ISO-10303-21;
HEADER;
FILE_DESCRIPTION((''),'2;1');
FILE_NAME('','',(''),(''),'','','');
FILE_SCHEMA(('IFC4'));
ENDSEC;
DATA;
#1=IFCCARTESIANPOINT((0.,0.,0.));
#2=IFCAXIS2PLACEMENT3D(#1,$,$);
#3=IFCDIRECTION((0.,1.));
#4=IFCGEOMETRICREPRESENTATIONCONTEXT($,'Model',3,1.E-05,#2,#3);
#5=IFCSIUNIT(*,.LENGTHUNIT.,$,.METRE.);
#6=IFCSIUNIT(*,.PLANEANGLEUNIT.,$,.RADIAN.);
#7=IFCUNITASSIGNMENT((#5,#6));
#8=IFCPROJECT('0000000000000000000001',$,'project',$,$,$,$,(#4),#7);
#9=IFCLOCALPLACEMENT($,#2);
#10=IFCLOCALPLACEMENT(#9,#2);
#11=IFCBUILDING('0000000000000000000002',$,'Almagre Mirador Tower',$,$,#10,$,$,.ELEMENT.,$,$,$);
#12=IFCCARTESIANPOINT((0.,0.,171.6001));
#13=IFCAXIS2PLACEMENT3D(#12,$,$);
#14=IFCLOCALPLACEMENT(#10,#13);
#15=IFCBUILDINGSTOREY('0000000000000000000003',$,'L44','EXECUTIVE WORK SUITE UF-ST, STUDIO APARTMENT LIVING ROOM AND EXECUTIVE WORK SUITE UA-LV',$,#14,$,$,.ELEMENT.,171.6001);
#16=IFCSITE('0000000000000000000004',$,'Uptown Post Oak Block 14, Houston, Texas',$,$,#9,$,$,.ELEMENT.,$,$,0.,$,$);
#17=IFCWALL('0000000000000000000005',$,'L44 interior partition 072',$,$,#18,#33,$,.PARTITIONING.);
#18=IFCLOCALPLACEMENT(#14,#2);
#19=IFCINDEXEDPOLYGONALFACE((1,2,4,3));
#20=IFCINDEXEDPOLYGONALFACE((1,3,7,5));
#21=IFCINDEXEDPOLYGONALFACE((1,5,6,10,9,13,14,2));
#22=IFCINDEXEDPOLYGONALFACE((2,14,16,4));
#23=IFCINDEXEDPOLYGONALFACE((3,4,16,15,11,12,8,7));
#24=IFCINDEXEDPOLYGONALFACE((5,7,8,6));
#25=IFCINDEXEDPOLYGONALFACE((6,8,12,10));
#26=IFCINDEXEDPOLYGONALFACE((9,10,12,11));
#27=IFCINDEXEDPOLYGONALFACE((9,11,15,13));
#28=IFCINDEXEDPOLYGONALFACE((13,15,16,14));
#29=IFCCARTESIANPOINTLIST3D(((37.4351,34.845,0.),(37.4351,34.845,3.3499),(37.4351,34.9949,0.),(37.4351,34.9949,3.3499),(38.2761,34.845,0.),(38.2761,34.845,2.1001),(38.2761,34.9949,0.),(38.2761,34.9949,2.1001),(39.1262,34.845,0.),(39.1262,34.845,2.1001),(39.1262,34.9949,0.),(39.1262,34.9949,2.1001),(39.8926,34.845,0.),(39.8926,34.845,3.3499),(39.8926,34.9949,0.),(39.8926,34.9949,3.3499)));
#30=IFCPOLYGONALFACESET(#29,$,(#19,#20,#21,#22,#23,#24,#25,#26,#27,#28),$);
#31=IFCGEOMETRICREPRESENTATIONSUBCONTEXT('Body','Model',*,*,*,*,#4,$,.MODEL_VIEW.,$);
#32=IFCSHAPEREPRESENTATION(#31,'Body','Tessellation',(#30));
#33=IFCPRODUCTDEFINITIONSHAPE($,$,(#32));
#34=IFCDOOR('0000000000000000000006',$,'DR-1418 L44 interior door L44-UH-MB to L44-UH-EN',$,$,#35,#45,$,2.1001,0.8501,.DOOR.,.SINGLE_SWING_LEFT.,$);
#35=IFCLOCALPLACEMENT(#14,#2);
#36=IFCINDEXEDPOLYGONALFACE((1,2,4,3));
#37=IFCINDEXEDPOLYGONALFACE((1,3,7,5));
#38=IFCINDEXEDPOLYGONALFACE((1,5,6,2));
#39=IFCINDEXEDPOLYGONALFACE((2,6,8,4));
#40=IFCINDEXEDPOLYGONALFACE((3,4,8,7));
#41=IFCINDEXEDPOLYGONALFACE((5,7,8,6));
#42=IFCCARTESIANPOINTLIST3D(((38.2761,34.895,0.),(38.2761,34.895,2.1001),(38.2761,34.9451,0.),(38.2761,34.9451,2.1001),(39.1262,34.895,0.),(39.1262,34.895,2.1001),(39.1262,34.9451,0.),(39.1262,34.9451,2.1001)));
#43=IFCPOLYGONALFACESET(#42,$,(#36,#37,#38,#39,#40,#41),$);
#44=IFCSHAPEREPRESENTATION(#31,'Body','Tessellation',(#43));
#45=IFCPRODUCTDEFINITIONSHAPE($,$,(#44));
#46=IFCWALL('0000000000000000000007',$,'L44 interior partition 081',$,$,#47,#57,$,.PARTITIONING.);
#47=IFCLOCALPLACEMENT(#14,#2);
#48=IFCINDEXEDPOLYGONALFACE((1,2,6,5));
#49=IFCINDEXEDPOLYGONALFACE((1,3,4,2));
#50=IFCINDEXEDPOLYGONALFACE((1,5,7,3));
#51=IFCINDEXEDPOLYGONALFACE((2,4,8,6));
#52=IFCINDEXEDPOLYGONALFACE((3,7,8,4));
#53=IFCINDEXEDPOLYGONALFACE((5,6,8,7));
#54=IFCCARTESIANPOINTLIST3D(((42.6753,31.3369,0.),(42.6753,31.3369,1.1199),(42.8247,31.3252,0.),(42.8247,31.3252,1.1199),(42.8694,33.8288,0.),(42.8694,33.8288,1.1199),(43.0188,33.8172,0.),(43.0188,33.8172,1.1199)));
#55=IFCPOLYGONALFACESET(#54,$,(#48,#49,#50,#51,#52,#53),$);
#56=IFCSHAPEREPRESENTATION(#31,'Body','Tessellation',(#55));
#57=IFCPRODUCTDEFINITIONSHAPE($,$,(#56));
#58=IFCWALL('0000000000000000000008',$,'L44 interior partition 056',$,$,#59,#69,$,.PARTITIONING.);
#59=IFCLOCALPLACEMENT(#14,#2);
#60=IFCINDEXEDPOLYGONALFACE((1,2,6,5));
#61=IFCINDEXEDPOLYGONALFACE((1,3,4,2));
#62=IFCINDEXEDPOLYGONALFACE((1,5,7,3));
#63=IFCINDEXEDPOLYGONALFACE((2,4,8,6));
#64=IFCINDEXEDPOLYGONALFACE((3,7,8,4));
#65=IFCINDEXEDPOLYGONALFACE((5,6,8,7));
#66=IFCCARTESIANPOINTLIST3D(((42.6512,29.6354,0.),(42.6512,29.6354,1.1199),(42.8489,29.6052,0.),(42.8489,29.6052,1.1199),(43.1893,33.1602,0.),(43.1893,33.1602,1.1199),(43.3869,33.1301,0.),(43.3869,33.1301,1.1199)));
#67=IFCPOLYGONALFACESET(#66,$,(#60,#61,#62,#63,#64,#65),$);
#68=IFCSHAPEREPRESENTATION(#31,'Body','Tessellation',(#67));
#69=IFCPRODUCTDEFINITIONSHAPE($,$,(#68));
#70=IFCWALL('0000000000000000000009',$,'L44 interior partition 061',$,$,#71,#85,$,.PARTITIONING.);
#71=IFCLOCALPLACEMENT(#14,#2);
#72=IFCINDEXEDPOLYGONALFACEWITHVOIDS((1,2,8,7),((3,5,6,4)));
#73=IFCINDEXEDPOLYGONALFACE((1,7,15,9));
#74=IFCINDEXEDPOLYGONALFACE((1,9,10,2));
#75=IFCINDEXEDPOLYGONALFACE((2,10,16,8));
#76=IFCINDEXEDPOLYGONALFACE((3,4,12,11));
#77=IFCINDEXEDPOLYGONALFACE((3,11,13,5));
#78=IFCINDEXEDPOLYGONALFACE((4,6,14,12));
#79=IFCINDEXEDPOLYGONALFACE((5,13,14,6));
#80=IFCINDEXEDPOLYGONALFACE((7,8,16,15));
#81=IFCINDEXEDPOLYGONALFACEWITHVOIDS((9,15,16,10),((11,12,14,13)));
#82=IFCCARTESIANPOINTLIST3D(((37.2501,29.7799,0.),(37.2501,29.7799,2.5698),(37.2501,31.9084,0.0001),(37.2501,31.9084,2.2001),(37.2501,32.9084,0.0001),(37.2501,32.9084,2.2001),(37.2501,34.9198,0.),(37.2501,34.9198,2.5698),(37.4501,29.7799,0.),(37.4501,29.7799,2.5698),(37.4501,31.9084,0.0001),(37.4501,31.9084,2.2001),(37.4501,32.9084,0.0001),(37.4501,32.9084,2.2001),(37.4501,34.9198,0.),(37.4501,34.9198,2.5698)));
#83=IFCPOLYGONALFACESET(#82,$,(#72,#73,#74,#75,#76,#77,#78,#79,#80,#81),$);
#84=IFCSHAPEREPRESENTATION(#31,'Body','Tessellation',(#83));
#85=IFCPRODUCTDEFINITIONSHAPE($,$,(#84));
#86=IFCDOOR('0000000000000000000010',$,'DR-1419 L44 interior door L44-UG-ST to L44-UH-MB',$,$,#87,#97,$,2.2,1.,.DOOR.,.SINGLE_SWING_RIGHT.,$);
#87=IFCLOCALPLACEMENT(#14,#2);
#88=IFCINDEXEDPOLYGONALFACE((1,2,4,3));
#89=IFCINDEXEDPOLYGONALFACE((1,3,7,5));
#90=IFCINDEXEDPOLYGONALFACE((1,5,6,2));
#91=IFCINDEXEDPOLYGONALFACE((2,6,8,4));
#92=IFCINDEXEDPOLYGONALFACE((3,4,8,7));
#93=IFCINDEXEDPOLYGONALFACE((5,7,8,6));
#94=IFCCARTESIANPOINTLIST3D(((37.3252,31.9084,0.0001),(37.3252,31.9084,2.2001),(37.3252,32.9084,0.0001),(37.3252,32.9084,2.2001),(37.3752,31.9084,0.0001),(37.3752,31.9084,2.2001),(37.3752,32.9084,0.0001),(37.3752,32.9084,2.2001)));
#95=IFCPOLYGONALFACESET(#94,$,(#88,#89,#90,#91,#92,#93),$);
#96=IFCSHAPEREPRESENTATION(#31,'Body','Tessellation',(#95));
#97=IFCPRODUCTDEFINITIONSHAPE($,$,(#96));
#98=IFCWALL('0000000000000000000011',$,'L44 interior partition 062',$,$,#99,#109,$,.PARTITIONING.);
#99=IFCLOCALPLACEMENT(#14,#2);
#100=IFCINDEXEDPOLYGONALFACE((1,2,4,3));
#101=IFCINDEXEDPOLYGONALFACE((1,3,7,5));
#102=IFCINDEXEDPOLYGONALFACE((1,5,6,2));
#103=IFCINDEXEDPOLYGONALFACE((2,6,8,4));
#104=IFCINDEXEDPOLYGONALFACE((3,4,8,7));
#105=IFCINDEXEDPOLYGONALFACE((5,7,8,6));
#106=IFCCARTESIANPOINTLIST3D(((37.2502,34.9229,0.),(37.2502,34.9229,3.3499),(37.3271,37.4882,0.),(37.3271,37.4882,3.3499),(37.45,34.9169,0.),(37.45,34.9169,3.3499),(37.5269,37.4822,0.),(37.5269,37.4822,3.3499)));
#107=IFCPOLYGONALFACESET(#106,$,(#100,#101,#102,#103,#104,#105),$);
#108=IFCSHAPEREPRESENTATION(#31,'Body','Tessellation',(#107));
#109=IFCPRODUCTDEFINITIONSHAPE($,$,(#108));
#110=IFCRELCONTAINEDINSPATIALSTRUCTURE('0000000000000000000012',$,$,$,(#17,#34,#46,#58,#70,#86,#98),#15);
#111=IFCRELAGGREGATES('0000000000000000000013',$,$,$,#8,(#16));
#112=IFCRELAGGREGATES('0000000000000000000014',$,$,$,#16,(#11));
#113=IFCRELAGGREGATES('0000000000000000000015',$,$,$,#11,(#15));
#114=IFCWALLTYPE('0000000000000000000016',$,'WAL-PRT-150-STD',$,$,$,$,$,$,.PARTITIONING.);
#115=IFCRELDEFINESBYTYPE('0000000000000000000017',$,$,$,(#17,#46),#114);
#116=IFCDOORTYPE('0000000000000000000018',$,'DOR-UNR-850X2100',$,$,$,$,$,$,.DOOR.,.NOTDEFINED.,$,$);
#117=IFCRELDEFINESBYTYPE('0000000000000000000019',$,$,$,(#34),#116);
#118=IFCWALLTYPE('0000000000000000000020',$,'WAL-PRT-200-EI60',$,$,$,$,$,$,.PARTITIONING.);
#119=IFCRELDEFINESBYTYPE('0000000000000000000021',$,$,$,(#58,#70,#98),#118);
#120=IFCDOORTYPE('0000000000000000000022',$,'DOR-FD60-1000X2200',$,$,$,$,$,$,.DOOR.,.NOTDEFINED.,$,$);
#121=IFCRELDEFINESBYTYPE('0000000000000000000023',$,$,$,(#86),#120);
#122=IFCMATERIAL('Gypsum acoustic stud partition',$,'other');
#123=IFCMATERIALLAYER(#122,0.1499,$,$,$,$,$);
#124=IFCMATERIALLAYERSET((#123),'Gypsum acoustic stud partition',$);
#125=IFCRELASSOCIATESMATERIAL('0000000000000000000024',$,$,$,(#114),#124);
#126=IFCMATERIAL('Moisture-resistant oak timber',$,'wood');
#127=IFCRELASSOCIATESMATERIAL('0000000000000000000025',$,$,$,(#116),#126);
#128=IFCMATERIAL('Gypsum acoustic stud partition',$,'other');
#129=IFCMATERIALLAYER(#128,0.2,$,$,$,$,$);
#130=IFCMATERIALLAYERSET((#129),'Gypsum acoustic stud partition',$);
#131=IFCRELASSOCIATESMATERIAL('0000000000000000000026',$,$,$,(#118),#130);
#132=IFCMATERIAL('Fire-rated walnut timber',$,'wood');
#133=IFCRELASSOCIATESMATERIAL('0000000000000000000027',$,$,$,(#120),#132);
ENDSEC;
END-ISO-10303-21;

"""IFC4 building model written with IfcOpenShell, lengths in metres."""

from ifc_helpers import new_model, si_unit, direction, frame, frame_2d, origin, place, context, subcontext, project, spatial, rectangle, extrude, material, layer, layer_set, type_object, element, fill, save


model = new_model("IFC4")

# Units and contexts
model_context = context("Model", 3, precision=1e-05, world=origin(), true_north=direction((0.0, 1.0)))
body_context = subcontext(model_context, "Body", "Model", "MODEL_VIEW")
ifc_project = project(units=[si_unit("LENGTHUNIT", "METRE"), si_unit("PLANEANGLEUNIT", "RADIAN")], contexts=[model_context])

# Site, building, storey
site_placement = place(None, origin())
site = spatial("IfcSite", under=ifc_project, at=site_placement, Name="Uptown Post Oak Block 14, Houston, Texas", CompositionType="ELEMENT", RefElevation=0.0)
building_placement = place(site_placement, origin())
building = spatial("IfcBuilding", under=site, at=building_placement, Name="Almagre Mirador Tower", CompositionType="ELEMENT")
storey_placement = place(building_placement, frame((0.0, 0.0, 171.6001)))
storey = spatial("IfcBuildingStorey", under=building, at=storey_placement, Name="L44", Description="EXECUTIVE WORK SUITE UF-ST, STUDIO APARTMENT LIVING ROOM AND EXECUTIVE WORK SUITE UA-LV", CompositionType="ELEMENT", Elevation=171.6001)

# Shared definitions
ifc_material_1 = material(Name="Gypsum acoustic stud partition", Category="other")
ifc_layer_1 = layer(ifc_material_1, 0.1499)
ifc_layer_set_1 = layer_set([ifc_layer_1], Name="Gypsum acoustic stud partition")
wall_type_1 = type_object("IfcWallType", Name="WAL-PRT-150-STD", PredefinedType="PARTITIONING", material=ifc_layer_set_1)

# Wall, opening, door
wall_1_placement = place(storey_placement, frame((39.8926, 34.9199, 0.0), z_axis=(0.0, 0.0, 1.0), x_axis=(-1.0, 0.0, 0.0)))
wall_1 = element("IfcWall", 1, at=wall_1_placement, inside=storey, type_object=wall_type_1, Name="L44 interior partition 072", PredefinedType="PARTITIONING", context=body_context, shape_type="SweptSolid", body=[
    extrude(rectangle(XDim=2.4575, YDim=0.1499, at=frame_2d((1.2288, 0.0))), origin(), (0.0, 0.0, 1.0), 3.3499),
])
opening_1_placement = place(wall_1_placement, frame((0.7664, 0.0, 0.0)))
opening_1 = element("IfcOpeningElement", 2, at=opening_1_placement, cuts=wall_1, PredefinedType="OPENING", context=body_context, shape_type="SweptSolid", body=[
    extrude(rectangle(XDim=0.8501, YDim=2.1001, at=frame_2d((0.425, 1.05))), frame((0.0, 0.085, 0.0), z_axis=(0.0, -1.0, 0.0), x_axis=(1.0, 0.0, 0.0)), (0.0, 0.0, 1.0), 0.1699),
])
ifc_material_2 = material(Name="Moisture-resistant oak timber", Category="wood")
door_type_1 = type_object("IfcDoorType", Name="DOR-UNR-850X2100", OperationType="NOTDEFINED", PredefinedType="DOOR", material=ifc_material_2)
door_1_placement = place(opening_1_placement, origin())
door_1 = element("IfcDoor", 3, at=door_1_placement, inside=storey, type_object=door_type_1, Name="DR-1418 L44 interior door L44-UH-MB to L44-UH-EN", OperationType="SINGLE_SWING_LEFT", OverallHeight=2.1001, OverallWidth=0.8501, PredefinedType="DOOR", context=body_context, shape_type="SweptSolid", body=[
    extrude(rectangle(XDim=0.8501, YDim=2.1001, at=frame_2d((0.425, 1.05))), frame((0.0, 0.0249, 0.0), z_axis=(0.0, -1.0, 0.0), x_axis=(1.0, 0.0, 0.0)), (0.0, 0.0, 1.0), 0.05),
])
fill(opening_1, door_1)

# Walls
wall_2_placement = place(storey_placement, frame((42.9441, 33.823, 0.0), z_axis=(0.0, 0.0, 1.0), x_axis=(-0.077653, -0.99698, 0.0)))
element("IfcWall", 4, at=wall_2_placement, inside=storey, type_object=wall_type_1, Name="L44 interior partition 081", PredefinedType="PARTITIONING", context=body_context, shape_type="SweptSolid", body=[
    extrude(rectangle(XDim=2.4995, YDim=0.1499, at=frame_2d((1.2498, 0.0))), origin(), (0.0, 0.0, 1.0), 1.1199),
])
ifc_material_3 = material(Name="Gypsum acoustic stud partition", Category="other")
ifc_layer_2 = layer(ifc_material_3, 0.2)
ifc_layer_set_2 = layer_set([ifc_layer_2], Name="Gypsum acoustic stud partition")
wall_type_2 = type_object("IfcWallType", Name="WAL-PRT-200-EI60", PredefinedType="PARTITIONING", material=ifc_layer_set_2)
wall_3_placement = place(storey_placement, frame((43.2881, 33.145, 0.0), z_axis=(0.0, 0.0, 1.0), x_axis=(-0.150905, -0.988548, 0.0)))
element("IfcWall", 5, at=wall_3_placement, inside=storey, type_object=wall_type_2, Name="L44 interior partition 056", PredefinedType="PARTITIONING", context=body_context, shape_type="SweptSolid", body=[
    extrude(rectangle(XDim=3.5657, YDim=0.2, at=frame_2d((1.7827, 0.0))), origin(), (0.0, 0.0, 1.0), 1.1199),
])

# Wall, opening, door
wall_4_placement = place(storey_placement, frame((37.3501, 29.78, 0.0), z_axis=(0.0, 0.0, 1.0), x_axis=(0.0, 1.0, 0.0)))
wall_4 = element("IfcWall", 6, at=wall_4_placement, inside=storey, type_object=wall_type_2, Name="L44 interior partition 061", PredefinedType="PARTITIONING", context=body_context, shape_type="SweptSolid", body=[
    extrude(rectangle(XDim=5.1399, YDim=0.2, at=frame_2d((2.5698, 0.0))), origin(), (0.0, 0.0, 1.0), 2.5698),
])
opening_2_placement = place(wall_4_placement, frame((2.1284, 0.0, 0.0)))
opening_2 = element("IfcOpeningElement", 7, at=opening_2_placement, cuts=wall_4, PredefinedType="OPENING", context=body_context, shape_type="SweptSolid", body=[
    extrude(rectangle(XDim=1.0, YDim=2.2, at=frame_2d((0.5, 1.1001))), frame((0.0, 0.1101, 0.0), z_axis=(0.0, -1.0, 0.0), x_axis=(1.0, 0.0, 0.0)), (0.0, 0.0, 1.0), 0.22),
])
ifc_material_4 = material(Name="Fire-rated walnut timber", Category="wood")
door_type_2 = type_object("IfcDoorType", Name="DOR-FD60-1000X2200", OperationType="NOTDEFINED", PredefinedType="DOOR", material=ifc_material_4)
door_2_placement = place(opening_2_placement, origin())
door_2 = element("IfcDoor", 8, at=door_2_placement, inside=storey, type_object=door_type_2, Name="DR-1419 L44 interior door L44-UG-ST to L44-UH-MB", OperationType="SINGLE_SWING_RIGHT", OverallHeight=2.2, OverallWidth=1.0, PredefinedType="DOOR", context=body_context, shape_type="SweptSolid", body=[
    extrude(rectangle(XDim=1.0, YDim=2.2, at=frame_2d((0.5, 1.1001))), frame((0.0, 0.0249, 0.0), z_axis=(0.0, -1.0, 0.0), x_axis=(1.0, 0.0, 0.0)), (0.0, 0.0, 1.0), 0.05),
])
fill(opening_2, door_2)

# Wall
wall_5_placement = place(storey_placement, frame((37.3501, 34.9199, 0.0), z_axis=(0.0, 0.0, 1.0), x_axis=(0.029967, 0.999551, 0.0)))
element("IfcWall", 9, at=wall_5_placement, inside=storey, type_object=wall_type_2, Name="L44 interior partition 062", PredefinedType="PARTITIONING", context=body_context, shape_type="SweptSolid", body=[
    extrude(rectangle(XDim=2.5664, YDim=0.2, at=frame_2d((1.2832, 0.0))), origin(), (0.0, 0.0, 1.0), 3.3499),
])

save(model, "model.ifc")
